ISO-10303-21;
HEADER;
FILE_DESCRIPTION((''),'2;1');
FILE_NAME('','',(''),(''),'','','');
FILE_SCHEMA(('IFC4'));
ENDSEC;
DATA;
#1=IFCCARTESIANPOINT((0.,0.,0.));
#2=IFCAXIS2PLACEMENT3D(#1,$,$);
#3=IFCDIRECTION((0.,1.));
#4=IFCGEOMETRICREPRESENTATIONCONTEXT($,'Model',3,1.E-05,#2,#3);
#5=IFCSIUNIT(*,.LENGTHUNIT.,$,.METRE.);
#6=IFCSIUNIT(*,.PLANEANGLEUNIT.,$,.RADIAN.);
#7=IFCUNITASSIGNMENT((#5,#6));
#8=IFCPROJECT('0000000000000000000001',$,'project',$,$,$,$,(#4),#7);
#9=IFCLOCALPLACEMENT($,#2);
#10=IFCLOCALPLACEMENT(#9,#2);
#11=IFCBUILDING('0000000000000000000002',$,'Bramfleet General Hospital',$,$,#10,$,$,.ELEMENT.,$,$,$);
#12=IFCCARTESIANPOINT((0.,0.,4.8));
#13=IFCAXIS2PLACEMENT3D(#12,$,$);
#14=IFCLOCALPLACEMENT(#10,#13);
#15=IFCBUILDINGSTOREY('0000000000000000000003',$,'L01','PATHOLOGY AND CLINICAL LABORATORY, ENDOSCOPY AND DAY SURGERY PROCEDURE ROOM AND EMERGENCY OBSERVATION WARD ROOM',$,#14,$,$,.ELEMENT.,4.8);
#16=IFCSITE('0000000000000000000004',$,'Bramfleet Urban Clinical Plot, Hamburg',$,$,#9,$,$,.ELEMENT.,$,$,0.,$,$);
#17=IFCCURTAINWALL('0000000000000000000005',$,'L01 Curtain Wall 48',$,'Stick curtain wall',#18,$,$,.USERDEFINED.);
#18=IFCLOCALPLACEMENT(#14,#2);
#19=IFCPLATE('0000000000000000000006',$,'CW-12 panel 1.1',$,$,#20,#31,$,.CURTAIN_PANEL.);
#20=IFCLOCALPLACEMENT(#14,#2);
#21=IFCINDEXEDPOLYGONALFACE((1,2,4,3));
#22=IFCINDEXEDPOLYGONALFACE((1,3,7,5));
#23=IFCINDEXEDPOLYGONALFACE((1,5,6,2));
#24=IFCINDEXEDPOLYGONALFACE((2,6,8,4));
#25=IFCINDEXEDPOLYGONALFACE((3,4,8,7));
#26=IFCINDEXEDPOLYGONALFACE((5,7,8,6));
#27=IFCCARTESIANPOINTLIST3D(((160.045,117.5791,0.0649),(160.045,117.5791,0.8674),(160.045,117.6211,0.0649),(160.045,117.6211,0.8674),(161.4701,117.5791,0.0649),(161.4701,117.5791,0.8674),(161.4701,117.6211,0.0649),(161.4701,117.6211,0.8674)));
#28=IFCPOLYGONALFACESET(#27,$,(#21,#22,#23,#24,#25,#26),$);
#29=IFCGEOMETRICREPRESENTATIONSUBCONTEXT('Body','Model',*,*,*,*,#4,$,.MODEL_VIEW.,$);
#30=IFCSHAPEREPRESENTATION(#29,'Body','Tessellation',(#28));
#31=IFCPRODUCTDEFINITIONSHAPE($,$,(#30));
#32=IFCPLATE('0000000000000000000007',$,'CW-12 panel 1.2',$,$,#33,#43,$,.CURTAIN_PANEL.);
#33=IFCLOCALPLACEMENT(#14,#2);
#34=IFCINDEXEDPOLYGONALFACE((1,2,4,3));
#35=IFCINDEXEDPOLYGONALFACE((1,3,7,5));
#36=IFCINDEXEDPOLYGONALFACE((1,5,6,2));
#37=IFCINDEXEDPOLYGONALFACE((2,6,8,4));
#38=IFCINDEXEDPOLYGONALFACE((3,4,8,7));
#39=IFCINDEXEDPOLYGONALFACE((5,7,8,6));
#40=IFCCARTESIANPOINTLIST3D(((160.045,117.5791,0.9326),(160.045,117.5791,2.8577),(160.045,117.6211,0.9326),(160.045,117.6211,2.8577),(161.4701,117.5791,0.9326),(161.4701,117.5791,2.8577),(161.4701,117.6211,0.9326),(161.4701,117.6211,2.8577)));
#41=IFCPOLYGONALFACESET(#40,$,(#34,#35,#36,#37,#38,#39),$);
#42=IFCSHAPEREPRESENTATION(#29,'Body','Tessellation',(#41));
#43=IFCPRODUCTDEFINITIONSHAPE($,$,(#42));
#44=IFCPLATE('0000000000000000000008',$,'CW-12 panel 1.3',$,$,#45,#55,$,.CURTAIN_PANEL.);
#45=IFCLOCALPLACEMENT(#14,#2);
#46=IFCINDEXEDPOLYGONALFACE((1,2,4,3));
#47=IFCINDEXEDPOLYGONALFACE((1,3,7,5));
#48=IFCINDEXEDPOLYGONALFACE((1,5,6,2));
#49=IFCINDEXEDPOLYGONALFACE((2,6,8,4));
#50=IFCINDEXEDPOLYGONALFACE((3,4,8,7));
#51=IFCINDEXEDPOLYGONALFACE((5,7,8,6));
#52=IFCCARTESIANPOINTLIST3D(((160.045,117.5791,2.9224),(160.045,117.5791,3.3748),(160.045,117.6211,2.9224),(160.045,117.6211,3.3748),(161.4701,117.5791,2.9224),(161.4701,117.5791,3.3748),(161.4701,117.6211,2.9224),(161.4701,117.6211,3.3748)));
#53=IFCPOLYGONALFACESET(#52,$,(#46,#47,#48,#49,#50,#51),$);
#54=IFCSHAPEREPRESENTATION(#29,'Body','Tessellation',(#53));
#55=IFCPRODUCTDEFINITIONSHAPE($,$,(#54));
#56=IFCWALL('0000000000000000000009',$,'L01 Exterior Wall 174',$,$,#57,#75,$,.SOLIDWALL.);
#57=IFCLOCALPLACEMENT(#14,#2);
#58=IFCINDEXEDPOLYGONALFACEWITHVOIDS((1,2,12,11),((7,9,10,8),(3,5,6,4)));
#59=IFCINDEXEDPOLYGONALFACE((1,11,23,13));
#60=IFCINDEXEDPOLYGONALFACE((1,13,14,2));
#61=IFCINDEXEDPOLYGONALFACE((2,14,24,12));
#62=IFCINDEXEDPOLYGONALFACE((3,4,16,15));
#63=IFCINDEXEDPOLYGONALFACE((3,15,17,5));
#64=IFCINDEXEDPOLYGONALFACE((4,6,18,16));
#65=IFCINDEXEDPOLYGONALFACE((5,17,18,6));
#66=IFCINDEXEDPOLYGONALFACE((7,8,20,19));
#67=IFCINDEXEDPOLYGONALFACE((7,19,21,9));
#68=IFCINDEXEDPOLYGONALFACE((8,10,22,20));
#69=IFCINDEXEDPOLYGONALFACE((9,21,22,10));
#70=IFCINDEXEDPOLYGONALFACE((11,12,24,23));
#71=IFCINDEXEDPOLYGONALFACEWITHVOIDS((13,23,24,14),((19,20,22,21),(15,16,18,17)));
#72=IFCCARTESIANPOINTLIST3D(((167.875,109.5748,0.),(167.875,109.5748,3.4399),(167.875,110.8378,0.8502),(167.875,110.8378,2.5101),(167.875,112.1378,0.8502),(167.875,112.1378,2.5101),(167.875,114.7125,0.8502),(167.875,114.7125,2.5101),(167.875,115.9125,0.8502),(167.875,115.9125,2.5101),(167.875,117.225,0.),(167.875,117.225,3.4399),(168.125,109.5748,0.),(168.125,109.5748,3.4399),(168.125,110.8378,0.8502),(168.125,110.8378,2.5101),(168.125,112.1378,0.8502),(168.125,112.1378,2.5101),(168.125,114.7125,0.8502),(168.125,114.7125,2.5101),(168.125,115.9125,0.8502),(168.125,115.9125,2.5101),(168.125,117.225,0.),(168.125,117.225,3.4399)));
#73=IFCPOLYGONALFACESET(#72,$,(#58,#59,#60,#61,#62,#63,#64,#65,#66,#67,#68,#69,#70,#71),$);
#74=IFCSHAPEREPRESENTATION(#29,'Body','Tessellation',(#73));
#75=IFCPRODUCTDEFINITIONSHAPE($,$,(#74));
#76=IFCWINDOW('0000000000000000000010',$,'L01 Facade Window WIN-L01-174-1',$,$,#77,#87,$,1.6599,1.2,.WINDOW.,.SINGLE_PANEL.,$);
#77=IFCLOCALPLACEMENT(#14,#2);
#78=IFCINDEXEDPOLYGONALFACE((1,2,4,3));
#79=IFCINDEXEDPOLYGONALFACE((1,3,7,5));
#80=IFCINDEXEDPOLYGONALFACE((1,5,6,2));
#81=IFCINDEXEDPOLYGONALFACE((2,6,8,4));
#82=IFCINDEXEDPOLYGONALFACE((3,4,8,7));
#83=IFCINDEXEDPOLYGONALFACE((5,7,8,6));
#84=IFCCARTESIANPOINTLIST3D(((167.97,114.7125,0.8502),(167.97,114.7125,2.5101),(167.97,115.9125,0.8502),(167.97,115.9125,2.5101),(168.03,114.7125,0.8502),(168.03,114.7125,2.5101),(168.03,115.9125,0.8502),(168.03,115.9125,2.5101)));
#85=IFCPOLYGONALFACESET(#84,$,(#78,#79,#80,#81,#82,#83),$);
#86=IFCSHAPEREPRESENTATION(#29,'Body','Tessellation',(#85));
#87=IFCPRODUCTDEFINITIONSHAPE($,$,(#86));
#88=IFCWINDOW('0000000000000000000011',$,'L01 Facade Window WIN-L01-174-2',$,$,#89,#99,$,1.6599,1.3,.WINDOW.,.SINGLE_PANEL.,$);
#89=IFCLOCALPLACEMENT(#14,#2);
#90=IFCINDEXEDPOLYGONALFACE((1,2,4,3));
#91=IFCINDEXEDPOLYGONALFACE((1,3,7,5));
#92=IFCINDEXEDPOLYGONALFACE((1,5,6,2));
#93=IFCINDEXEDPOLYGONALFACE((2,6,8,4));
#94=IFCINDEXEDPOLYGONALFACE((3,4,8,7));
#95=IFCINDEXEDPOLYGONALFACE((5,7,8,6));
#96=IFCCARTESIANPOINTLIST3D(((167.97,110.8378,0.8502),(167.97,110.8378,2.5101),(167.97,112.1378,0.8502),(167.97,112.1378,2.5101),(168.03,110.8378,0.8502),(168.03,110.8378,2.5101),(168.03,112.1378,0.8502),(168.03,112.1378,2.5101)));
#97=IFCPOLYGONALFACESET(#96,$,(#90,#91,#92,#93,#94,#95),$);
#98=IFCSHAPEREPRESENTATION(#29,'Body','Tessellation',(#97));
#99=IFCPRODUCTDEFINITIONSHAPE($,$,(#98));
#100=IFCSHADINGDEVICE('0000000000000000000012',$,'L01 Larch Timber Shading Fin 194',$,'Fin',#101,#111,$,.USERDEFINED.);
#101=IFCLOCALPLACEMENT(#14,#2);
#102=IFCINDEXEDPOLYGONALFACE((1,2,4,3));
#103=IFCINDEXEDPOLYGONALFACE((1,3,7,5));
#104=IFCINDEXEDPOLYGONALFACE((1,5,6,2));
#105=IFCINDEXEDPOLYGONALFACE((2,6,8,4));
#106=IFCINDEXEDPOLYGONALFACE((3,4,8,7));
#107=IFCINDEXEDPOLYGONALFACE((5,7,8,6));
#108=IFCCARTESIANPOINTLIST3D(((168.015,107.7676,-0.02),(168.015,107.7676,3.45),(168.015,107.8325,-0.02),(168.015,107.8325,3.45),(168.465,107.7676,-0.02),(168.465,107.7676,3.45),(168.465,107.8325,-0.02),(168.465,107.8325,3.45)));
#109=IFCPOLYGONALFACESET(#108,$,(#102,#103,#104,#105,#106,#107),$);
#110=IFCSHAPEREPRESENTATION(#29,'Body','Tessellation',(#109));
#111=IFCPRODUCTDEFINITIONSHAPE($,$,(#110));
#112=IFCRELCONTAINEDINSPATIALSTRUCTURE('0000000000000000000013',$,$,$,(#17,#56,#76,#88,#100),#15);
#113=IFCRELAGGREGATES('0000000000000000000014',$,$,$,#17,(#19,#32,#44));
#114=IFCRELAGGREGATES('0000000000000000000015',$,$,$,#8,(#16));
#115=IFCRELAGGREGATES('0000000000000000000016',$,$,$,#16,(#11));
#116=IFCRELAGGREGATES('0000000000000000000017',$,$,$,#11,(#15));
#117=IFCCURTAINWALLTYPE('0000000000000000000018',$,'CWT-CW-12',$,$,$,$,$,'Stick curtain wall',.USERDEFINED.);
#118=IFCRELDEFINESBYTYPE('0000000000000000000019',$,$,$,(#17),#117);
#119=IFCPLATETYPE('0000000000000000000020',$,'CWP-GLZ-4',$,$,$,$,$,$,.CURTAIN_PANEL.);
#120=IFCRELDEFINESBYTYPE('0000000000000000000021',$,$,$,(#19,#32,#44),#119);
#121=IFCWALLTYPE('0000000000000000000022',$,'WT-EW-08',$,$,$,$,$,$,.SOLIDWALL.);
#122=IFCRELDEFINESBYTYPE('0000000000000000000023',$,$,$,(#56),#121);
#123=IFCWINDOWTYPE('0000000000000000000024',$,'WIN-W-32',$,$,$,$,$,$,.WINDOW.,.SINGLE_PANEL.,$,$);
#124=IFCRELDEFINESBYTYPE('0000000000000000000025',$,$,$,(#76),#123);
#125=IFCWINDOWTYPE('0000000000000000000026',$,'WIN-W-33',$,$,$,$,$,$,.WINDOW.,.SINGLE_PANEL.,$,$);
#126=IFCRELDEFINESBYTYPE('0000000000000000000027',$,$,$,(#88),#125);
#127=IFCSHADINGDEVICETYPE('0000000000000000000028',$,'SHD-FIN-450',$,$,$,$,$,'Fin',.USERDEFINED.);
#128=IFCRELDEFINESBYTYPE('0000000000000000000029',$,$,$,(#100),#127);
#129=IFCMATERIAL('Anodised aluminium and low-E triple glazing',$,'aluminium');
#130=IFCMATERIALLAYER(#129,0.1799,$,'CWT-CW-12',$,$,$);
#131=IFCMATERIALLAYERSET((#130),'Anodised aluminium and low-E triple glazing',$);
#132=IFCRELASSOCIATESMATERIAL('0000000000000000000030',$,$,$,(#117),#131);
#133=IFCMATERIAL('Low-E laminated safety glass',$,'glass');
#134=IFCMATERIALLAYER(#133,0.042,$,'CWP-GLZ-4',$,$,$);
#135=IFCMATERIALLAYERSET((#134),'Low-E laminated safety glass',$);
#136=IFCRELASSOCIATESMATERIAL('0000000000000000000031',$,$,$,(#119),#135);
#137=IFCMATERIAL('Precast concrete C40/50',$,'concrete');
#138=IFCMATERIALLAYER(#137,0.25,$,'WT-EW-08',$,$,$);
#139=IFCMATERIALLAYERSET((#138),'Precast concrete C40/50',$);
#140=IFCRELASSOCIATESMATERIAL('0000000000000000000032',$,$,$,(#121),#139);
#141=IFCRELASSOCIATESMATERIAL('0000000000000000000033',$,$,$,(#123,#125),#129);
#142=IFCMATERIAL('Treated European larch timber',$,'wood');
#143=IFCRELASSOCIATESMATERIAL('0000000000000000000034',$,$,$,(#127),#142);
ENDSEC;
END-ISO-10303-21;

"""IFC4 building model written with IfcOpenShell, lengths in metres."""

from ifc_helpers import new_model, si_unit, direction, frame, frame_2d, origin, origin_2d, place, context, subcontext, project, spatial, rectangle, extrude, material, layer, layer_set, material_profile, profile_set, type_object, element, fill, aggregate, save


model = new_model("IFC4")

# Units and contexts
model_context = context("Model", 3, precision=1e-05, world=origin(), true_north=direction((0.0, 1.0)))
body_context = subcontext(model_context, "Body", "Model", "MODEL_VIEW")
ifc_project = project(units=[si_unit("LENGTHUNIT", "METRE"), si_unit("PLANEANGLEUNIT", "RADIAN")], contexts=[model_context])

# Site, building, storey
site_placement = place(None, origin())
site = spatial("IfcSite", under=ifc_project, at=site_placement, Name="Bramfleet Urban Clinical Plot, Hamburg", CompositionType="ELEMENT", RefElevation=0.0)
building_placement = place(site_placement, origin())
building = spatial("IfcBuilding", under=site, at=building_placement, Name="Bramfleet General Hospital", CompositionType="ELEMENT")
storey_placement = place(building_placement, frame((0.0, 0.0, 4.8)))
storey = spatial("IfcBuildingStorey", under=building, at=storey_placement, Name="L01", Description="PATHOLOGY AND CLINICAL LABORATORY, ENDOSCOPY AND DAY SURGERY PROCEDURE ROOM AND EMERGENCY OBSERVATION WARD ROOM", CompositionType="ELEMENT", Elevation=4.8)

# Curtain wall
ifc_material_1 = material(Name="Anodised aluminium and low-E triple glazing", Category="aluminium")
ifc_layer_1 = layer(ifc_material_1, 0.1799, Name="CWT-CW-12")
ifc_layer_set_1 = layer_set([ifc_layer_1], Name="Anodised aluminium and low-E triple glazing")
curtain_wall_type_1 = type_object("IfcCurtainWallType", Name="CWT-CW-12", ElementType="Stick curtain wall", PredefinedType="USERDEFINED", material=ifc_layer_set_1)
curtain_wall_1_placement = place(storey_placement, origin())
curtain_wall_1 = element("IfcCurtainWall", 1, at=curtain_wall_1_placement, inside=storey, type_object=curtain_wall_type_1, Name="L01 Curtain Wall 48", ObjectType="Stick curtain wall", PredefinedType="USERDEFINED")

# Plates
ifc_material_2 = material(Name="Low-E laminated safety glass", Category="glass")
ifc_layer_2 = layer(ifc_material_2, 0.042, Name="CWP-GLZ-4")
ifc_layer_set_2 = layer_set([ifc_layer_2], Name="Low-E laminated safety glass")
plate_type_1 = type_object("IfcPlateType", Name="CWP-GLZ-4", PredefinedType="CURTAIN_PANEL", material=ifc_layer_set_2)
plate_1_placement = place(storey_placement, frame((160.7576, 117.6001, 0.0649), z_axis=(0.0, 0.0, 1.0), x_axis=(1.0, 0.0, 0.0)))
plate_1 = element("IfcPlate", 2, at=plate_1_placement, type_object=plate_type_1, Name="CW-12 panel 1.1", PredefinedType="CURTAIN_PANEL", context=body_context, shape_type="SweptSolid", body=[
    extrude(rectangle(XDim=1.425, YDim=0.042, at=origin_2d()), origin(), (0.0, 0.0, 1.0), 0.8025),
])
plate_2_placement = place(storey_placement, frame((160.7576, 117.6001, 0.9326), z_axis=(0.0, 0.0, 1.0), x_axis=(1.0, 0.0, 0.0)))
plate_2 = element("IfcPlate", 3, at=plate_2_placement, type_object=plate_type_1, Name="CW-12 panel 1.2", PredefinedType="CURTAIN_PANEL", context=body_context, shape_type="SweptSolid", body=[
    extrude(rectangle(XDim=1.425, YDim=0.042, at=origin_2d()), origin(), (0.0, 0.0, 1.0), 1.925),
])
plate_3_placement = place(storey_placement, frame((160.7576, 117.6001, 2.9224), z_axis=(0.0, 0.0, 1.0), x_axis=(1.0, 0.0, 0.0)))
plate_3 = element("IfcPlate", 4, at=plate_3_placement, type_object=plate_type_1, Name="CW-12 panel 1.3", PredefinedType="CURTAIN_PANEL", context=body_context, shape_type="SweptSolid", body=[
    extrude(rectangle(XDim=1.425, YDim=0.042, at=origin_2d()), origin(), (0.0, 0.0, 1.0), 0.4524),
])
aggregate(curtain_wall_1, [plate_1, plate_2, plate_3])

# Wall, openings, windows
ifc_material_3 = material(Name="Precast concrete C40/50", Category="concrete")
ifc_layer_3 = layer(ifc_material_3, 0.25, Name="WT-EW-08")
ifc_layer_set_3 = layer_set([ifc_layer_3], Name="Precast concrete C40/50")
wall_type = type_object("IfcWallType", Name="WT-EW-08", PredefinedType="SOLIDWALL", material=ifc_layer_set_3)
wall_placement = place(storey_placement, frame((168.0, 117.2251, 0.0), z_axis=(0.0, 0.0, 1.0), x_axis=(0.0, -1.0, 0.0)))
wall = element("IfcWall", 5, at=wall_placement, inside=storey, type_object=wall_type, Name="L01 Exterior Wall 174", PredefinedType="SOLIDWALL", context=body_context, shape_type="SweptSolid", body=[
    extrude(rectangle(XDim=7.6501, YDim=0.25, at=frame_2d((3.8252, 0.0))), origin(), (0.0, 0.0, 1.0), 3.4399),
])
opening_1_placement = place(wall_placement, frame((1.3125, 0.0, 0.8501)))
opening_1 = element("IfcOpeningElement", 6, at=opening_1_placement, cuts=wall, PredefinedType="OPENING", context=body_context, shape_type="SweptSolid", body=[
    extrude(rectangle(XDim=1.2, YDim=1.6599, at=frame_2d((0.6001, 0.8301))), frame((0.0, 0.135, 0.0), z_axis=(0.0, -1.0, 0.0), x_axis=(1.0, 0.0, 0.0)), (0.0, 0.0, 1.0), 0.27),
])
opening_2_placement = place(wall_placement, frame((5.0874, 0.0, 0.8501)))
opening_2 = element("IfcOpeningElement", 7, at=opening_2_placement, cuts=wall, PredefinedType="OPENING", context=body_context, shape_type="SweptSolid", body=[
    extrude(rectangle(XDim=1.3, YDim=1.6599, at=frame_2d((0.6499, 0.8301))), frame((0.0, 0.135, 0.0), z_axis=(0.0, -1.0, 0.0), x_axis=(1.0, 0.0, 0.0)), (0.0, 0.0, 1.0), 0.27),
])
window_type_1 = type_object("IfcWindowType", Name="WIN-W-32", PartitioningType="SINGLE_PANEL", PredefinedType="WINDOW", material=ifc_material_1)
window_1_placement = place(opening_1_placement, origin())
window_1 = element("IfcWindow", 8, at=window_1_placement, inside=storey, type_object=window_type_1, Name="L01 Facade Window WIN-L01-174-1", OverallHeight=1.6599, OverallWidth=1.2, PartitioningType="SINGLE_PANEL", PredefinedType="WINDOW", context=body_context, shape_type="SweptSolid", body=[
    extrude(rectangle(XDim=1.2, YDim=1.6599, at=frame_2d((0.6001, 0.8301))), frame((0.0, 0.03, 0.0), z_axis=(0.0, -1.0, 0.0), x_axis=(1.0, 0.0, 0.0)), (0.0, 0.0, 1.0), 0.0601),
])
fill(opening_1, window_1)
window_type_2 = type_object("IfcWindowType", Name="WIN-W-33", PartitioningType="SINGLE_PANEL", PredefinedType="WINDOW", material=ifc_material_1)
window_2_placement = place(opening_2_placement, origin())
window_2 = element("IfcWindow", 9, at=window_2_placement, inside=storey, type_object=window_type_2, Name="L01 Facade Window WIN-L01-174-2", OverallHeight=1.6599, OverallWidth=1.3, PartitioningType="SINGLE_PANEL", PredefinedType="WINDOW", context=body_context, shape_type="SweptSolid", body=[
    extrude(rectangle(XDim=1.3, YDim=1.6599, at=frame_2d((0.6499, 0.8301))), frame((0.0, 0.03, 0.0), z_axis=(0.0, -1.0, 0.0), x_axis=(1.0, 0.0, 0.0)), (0.0, 0.0, 1.0), 0.0601),
])
fill(opening_2, window_2)

# Shading device
ifc_material_4 = material(Name="Treated European larch timber", Category="wood")
ifc_material_profile_1 = material_profile(ifc_material_4, rectangle(XDim=0.0649, YDim=0.45, at=origin_2d()), Name="LARCH FIN 450x65")
ifc_profile_set_1 = profile_set([ifc_material_profile_1], Name="Treated European larch timber")
shading_device_type = type_object("IfcShadingDeviceType", Name="SHD-FIN-450", ElementType="Fin", PredefinedType="USERDEFINED", material=ifc_profile_set_1)
shading_device_placement = place(storey_placement, frame((168.24, 107.8, -0.02), z_axis=(0.0, 0.0, 1.0), x_axis=(0.0, -1.0, 0.0)))
element("IfcShadingDevice", 10, at=shading_device_placement, inside=storey, type_object=shading_device_type, Name="L01 Larch Timber Shading Fin 194", ObjectType="Fin", PredefinedType="USERDEFINED", context=body_context, shape_type="SweptSolid", body=[
    extrude(rectangle(XDim=0.0649, YDim=0.45, at=origin_2d()), origin(), (0.0, 0.0, 1.0), 3.47),
])

save(model, "model.ifc")
